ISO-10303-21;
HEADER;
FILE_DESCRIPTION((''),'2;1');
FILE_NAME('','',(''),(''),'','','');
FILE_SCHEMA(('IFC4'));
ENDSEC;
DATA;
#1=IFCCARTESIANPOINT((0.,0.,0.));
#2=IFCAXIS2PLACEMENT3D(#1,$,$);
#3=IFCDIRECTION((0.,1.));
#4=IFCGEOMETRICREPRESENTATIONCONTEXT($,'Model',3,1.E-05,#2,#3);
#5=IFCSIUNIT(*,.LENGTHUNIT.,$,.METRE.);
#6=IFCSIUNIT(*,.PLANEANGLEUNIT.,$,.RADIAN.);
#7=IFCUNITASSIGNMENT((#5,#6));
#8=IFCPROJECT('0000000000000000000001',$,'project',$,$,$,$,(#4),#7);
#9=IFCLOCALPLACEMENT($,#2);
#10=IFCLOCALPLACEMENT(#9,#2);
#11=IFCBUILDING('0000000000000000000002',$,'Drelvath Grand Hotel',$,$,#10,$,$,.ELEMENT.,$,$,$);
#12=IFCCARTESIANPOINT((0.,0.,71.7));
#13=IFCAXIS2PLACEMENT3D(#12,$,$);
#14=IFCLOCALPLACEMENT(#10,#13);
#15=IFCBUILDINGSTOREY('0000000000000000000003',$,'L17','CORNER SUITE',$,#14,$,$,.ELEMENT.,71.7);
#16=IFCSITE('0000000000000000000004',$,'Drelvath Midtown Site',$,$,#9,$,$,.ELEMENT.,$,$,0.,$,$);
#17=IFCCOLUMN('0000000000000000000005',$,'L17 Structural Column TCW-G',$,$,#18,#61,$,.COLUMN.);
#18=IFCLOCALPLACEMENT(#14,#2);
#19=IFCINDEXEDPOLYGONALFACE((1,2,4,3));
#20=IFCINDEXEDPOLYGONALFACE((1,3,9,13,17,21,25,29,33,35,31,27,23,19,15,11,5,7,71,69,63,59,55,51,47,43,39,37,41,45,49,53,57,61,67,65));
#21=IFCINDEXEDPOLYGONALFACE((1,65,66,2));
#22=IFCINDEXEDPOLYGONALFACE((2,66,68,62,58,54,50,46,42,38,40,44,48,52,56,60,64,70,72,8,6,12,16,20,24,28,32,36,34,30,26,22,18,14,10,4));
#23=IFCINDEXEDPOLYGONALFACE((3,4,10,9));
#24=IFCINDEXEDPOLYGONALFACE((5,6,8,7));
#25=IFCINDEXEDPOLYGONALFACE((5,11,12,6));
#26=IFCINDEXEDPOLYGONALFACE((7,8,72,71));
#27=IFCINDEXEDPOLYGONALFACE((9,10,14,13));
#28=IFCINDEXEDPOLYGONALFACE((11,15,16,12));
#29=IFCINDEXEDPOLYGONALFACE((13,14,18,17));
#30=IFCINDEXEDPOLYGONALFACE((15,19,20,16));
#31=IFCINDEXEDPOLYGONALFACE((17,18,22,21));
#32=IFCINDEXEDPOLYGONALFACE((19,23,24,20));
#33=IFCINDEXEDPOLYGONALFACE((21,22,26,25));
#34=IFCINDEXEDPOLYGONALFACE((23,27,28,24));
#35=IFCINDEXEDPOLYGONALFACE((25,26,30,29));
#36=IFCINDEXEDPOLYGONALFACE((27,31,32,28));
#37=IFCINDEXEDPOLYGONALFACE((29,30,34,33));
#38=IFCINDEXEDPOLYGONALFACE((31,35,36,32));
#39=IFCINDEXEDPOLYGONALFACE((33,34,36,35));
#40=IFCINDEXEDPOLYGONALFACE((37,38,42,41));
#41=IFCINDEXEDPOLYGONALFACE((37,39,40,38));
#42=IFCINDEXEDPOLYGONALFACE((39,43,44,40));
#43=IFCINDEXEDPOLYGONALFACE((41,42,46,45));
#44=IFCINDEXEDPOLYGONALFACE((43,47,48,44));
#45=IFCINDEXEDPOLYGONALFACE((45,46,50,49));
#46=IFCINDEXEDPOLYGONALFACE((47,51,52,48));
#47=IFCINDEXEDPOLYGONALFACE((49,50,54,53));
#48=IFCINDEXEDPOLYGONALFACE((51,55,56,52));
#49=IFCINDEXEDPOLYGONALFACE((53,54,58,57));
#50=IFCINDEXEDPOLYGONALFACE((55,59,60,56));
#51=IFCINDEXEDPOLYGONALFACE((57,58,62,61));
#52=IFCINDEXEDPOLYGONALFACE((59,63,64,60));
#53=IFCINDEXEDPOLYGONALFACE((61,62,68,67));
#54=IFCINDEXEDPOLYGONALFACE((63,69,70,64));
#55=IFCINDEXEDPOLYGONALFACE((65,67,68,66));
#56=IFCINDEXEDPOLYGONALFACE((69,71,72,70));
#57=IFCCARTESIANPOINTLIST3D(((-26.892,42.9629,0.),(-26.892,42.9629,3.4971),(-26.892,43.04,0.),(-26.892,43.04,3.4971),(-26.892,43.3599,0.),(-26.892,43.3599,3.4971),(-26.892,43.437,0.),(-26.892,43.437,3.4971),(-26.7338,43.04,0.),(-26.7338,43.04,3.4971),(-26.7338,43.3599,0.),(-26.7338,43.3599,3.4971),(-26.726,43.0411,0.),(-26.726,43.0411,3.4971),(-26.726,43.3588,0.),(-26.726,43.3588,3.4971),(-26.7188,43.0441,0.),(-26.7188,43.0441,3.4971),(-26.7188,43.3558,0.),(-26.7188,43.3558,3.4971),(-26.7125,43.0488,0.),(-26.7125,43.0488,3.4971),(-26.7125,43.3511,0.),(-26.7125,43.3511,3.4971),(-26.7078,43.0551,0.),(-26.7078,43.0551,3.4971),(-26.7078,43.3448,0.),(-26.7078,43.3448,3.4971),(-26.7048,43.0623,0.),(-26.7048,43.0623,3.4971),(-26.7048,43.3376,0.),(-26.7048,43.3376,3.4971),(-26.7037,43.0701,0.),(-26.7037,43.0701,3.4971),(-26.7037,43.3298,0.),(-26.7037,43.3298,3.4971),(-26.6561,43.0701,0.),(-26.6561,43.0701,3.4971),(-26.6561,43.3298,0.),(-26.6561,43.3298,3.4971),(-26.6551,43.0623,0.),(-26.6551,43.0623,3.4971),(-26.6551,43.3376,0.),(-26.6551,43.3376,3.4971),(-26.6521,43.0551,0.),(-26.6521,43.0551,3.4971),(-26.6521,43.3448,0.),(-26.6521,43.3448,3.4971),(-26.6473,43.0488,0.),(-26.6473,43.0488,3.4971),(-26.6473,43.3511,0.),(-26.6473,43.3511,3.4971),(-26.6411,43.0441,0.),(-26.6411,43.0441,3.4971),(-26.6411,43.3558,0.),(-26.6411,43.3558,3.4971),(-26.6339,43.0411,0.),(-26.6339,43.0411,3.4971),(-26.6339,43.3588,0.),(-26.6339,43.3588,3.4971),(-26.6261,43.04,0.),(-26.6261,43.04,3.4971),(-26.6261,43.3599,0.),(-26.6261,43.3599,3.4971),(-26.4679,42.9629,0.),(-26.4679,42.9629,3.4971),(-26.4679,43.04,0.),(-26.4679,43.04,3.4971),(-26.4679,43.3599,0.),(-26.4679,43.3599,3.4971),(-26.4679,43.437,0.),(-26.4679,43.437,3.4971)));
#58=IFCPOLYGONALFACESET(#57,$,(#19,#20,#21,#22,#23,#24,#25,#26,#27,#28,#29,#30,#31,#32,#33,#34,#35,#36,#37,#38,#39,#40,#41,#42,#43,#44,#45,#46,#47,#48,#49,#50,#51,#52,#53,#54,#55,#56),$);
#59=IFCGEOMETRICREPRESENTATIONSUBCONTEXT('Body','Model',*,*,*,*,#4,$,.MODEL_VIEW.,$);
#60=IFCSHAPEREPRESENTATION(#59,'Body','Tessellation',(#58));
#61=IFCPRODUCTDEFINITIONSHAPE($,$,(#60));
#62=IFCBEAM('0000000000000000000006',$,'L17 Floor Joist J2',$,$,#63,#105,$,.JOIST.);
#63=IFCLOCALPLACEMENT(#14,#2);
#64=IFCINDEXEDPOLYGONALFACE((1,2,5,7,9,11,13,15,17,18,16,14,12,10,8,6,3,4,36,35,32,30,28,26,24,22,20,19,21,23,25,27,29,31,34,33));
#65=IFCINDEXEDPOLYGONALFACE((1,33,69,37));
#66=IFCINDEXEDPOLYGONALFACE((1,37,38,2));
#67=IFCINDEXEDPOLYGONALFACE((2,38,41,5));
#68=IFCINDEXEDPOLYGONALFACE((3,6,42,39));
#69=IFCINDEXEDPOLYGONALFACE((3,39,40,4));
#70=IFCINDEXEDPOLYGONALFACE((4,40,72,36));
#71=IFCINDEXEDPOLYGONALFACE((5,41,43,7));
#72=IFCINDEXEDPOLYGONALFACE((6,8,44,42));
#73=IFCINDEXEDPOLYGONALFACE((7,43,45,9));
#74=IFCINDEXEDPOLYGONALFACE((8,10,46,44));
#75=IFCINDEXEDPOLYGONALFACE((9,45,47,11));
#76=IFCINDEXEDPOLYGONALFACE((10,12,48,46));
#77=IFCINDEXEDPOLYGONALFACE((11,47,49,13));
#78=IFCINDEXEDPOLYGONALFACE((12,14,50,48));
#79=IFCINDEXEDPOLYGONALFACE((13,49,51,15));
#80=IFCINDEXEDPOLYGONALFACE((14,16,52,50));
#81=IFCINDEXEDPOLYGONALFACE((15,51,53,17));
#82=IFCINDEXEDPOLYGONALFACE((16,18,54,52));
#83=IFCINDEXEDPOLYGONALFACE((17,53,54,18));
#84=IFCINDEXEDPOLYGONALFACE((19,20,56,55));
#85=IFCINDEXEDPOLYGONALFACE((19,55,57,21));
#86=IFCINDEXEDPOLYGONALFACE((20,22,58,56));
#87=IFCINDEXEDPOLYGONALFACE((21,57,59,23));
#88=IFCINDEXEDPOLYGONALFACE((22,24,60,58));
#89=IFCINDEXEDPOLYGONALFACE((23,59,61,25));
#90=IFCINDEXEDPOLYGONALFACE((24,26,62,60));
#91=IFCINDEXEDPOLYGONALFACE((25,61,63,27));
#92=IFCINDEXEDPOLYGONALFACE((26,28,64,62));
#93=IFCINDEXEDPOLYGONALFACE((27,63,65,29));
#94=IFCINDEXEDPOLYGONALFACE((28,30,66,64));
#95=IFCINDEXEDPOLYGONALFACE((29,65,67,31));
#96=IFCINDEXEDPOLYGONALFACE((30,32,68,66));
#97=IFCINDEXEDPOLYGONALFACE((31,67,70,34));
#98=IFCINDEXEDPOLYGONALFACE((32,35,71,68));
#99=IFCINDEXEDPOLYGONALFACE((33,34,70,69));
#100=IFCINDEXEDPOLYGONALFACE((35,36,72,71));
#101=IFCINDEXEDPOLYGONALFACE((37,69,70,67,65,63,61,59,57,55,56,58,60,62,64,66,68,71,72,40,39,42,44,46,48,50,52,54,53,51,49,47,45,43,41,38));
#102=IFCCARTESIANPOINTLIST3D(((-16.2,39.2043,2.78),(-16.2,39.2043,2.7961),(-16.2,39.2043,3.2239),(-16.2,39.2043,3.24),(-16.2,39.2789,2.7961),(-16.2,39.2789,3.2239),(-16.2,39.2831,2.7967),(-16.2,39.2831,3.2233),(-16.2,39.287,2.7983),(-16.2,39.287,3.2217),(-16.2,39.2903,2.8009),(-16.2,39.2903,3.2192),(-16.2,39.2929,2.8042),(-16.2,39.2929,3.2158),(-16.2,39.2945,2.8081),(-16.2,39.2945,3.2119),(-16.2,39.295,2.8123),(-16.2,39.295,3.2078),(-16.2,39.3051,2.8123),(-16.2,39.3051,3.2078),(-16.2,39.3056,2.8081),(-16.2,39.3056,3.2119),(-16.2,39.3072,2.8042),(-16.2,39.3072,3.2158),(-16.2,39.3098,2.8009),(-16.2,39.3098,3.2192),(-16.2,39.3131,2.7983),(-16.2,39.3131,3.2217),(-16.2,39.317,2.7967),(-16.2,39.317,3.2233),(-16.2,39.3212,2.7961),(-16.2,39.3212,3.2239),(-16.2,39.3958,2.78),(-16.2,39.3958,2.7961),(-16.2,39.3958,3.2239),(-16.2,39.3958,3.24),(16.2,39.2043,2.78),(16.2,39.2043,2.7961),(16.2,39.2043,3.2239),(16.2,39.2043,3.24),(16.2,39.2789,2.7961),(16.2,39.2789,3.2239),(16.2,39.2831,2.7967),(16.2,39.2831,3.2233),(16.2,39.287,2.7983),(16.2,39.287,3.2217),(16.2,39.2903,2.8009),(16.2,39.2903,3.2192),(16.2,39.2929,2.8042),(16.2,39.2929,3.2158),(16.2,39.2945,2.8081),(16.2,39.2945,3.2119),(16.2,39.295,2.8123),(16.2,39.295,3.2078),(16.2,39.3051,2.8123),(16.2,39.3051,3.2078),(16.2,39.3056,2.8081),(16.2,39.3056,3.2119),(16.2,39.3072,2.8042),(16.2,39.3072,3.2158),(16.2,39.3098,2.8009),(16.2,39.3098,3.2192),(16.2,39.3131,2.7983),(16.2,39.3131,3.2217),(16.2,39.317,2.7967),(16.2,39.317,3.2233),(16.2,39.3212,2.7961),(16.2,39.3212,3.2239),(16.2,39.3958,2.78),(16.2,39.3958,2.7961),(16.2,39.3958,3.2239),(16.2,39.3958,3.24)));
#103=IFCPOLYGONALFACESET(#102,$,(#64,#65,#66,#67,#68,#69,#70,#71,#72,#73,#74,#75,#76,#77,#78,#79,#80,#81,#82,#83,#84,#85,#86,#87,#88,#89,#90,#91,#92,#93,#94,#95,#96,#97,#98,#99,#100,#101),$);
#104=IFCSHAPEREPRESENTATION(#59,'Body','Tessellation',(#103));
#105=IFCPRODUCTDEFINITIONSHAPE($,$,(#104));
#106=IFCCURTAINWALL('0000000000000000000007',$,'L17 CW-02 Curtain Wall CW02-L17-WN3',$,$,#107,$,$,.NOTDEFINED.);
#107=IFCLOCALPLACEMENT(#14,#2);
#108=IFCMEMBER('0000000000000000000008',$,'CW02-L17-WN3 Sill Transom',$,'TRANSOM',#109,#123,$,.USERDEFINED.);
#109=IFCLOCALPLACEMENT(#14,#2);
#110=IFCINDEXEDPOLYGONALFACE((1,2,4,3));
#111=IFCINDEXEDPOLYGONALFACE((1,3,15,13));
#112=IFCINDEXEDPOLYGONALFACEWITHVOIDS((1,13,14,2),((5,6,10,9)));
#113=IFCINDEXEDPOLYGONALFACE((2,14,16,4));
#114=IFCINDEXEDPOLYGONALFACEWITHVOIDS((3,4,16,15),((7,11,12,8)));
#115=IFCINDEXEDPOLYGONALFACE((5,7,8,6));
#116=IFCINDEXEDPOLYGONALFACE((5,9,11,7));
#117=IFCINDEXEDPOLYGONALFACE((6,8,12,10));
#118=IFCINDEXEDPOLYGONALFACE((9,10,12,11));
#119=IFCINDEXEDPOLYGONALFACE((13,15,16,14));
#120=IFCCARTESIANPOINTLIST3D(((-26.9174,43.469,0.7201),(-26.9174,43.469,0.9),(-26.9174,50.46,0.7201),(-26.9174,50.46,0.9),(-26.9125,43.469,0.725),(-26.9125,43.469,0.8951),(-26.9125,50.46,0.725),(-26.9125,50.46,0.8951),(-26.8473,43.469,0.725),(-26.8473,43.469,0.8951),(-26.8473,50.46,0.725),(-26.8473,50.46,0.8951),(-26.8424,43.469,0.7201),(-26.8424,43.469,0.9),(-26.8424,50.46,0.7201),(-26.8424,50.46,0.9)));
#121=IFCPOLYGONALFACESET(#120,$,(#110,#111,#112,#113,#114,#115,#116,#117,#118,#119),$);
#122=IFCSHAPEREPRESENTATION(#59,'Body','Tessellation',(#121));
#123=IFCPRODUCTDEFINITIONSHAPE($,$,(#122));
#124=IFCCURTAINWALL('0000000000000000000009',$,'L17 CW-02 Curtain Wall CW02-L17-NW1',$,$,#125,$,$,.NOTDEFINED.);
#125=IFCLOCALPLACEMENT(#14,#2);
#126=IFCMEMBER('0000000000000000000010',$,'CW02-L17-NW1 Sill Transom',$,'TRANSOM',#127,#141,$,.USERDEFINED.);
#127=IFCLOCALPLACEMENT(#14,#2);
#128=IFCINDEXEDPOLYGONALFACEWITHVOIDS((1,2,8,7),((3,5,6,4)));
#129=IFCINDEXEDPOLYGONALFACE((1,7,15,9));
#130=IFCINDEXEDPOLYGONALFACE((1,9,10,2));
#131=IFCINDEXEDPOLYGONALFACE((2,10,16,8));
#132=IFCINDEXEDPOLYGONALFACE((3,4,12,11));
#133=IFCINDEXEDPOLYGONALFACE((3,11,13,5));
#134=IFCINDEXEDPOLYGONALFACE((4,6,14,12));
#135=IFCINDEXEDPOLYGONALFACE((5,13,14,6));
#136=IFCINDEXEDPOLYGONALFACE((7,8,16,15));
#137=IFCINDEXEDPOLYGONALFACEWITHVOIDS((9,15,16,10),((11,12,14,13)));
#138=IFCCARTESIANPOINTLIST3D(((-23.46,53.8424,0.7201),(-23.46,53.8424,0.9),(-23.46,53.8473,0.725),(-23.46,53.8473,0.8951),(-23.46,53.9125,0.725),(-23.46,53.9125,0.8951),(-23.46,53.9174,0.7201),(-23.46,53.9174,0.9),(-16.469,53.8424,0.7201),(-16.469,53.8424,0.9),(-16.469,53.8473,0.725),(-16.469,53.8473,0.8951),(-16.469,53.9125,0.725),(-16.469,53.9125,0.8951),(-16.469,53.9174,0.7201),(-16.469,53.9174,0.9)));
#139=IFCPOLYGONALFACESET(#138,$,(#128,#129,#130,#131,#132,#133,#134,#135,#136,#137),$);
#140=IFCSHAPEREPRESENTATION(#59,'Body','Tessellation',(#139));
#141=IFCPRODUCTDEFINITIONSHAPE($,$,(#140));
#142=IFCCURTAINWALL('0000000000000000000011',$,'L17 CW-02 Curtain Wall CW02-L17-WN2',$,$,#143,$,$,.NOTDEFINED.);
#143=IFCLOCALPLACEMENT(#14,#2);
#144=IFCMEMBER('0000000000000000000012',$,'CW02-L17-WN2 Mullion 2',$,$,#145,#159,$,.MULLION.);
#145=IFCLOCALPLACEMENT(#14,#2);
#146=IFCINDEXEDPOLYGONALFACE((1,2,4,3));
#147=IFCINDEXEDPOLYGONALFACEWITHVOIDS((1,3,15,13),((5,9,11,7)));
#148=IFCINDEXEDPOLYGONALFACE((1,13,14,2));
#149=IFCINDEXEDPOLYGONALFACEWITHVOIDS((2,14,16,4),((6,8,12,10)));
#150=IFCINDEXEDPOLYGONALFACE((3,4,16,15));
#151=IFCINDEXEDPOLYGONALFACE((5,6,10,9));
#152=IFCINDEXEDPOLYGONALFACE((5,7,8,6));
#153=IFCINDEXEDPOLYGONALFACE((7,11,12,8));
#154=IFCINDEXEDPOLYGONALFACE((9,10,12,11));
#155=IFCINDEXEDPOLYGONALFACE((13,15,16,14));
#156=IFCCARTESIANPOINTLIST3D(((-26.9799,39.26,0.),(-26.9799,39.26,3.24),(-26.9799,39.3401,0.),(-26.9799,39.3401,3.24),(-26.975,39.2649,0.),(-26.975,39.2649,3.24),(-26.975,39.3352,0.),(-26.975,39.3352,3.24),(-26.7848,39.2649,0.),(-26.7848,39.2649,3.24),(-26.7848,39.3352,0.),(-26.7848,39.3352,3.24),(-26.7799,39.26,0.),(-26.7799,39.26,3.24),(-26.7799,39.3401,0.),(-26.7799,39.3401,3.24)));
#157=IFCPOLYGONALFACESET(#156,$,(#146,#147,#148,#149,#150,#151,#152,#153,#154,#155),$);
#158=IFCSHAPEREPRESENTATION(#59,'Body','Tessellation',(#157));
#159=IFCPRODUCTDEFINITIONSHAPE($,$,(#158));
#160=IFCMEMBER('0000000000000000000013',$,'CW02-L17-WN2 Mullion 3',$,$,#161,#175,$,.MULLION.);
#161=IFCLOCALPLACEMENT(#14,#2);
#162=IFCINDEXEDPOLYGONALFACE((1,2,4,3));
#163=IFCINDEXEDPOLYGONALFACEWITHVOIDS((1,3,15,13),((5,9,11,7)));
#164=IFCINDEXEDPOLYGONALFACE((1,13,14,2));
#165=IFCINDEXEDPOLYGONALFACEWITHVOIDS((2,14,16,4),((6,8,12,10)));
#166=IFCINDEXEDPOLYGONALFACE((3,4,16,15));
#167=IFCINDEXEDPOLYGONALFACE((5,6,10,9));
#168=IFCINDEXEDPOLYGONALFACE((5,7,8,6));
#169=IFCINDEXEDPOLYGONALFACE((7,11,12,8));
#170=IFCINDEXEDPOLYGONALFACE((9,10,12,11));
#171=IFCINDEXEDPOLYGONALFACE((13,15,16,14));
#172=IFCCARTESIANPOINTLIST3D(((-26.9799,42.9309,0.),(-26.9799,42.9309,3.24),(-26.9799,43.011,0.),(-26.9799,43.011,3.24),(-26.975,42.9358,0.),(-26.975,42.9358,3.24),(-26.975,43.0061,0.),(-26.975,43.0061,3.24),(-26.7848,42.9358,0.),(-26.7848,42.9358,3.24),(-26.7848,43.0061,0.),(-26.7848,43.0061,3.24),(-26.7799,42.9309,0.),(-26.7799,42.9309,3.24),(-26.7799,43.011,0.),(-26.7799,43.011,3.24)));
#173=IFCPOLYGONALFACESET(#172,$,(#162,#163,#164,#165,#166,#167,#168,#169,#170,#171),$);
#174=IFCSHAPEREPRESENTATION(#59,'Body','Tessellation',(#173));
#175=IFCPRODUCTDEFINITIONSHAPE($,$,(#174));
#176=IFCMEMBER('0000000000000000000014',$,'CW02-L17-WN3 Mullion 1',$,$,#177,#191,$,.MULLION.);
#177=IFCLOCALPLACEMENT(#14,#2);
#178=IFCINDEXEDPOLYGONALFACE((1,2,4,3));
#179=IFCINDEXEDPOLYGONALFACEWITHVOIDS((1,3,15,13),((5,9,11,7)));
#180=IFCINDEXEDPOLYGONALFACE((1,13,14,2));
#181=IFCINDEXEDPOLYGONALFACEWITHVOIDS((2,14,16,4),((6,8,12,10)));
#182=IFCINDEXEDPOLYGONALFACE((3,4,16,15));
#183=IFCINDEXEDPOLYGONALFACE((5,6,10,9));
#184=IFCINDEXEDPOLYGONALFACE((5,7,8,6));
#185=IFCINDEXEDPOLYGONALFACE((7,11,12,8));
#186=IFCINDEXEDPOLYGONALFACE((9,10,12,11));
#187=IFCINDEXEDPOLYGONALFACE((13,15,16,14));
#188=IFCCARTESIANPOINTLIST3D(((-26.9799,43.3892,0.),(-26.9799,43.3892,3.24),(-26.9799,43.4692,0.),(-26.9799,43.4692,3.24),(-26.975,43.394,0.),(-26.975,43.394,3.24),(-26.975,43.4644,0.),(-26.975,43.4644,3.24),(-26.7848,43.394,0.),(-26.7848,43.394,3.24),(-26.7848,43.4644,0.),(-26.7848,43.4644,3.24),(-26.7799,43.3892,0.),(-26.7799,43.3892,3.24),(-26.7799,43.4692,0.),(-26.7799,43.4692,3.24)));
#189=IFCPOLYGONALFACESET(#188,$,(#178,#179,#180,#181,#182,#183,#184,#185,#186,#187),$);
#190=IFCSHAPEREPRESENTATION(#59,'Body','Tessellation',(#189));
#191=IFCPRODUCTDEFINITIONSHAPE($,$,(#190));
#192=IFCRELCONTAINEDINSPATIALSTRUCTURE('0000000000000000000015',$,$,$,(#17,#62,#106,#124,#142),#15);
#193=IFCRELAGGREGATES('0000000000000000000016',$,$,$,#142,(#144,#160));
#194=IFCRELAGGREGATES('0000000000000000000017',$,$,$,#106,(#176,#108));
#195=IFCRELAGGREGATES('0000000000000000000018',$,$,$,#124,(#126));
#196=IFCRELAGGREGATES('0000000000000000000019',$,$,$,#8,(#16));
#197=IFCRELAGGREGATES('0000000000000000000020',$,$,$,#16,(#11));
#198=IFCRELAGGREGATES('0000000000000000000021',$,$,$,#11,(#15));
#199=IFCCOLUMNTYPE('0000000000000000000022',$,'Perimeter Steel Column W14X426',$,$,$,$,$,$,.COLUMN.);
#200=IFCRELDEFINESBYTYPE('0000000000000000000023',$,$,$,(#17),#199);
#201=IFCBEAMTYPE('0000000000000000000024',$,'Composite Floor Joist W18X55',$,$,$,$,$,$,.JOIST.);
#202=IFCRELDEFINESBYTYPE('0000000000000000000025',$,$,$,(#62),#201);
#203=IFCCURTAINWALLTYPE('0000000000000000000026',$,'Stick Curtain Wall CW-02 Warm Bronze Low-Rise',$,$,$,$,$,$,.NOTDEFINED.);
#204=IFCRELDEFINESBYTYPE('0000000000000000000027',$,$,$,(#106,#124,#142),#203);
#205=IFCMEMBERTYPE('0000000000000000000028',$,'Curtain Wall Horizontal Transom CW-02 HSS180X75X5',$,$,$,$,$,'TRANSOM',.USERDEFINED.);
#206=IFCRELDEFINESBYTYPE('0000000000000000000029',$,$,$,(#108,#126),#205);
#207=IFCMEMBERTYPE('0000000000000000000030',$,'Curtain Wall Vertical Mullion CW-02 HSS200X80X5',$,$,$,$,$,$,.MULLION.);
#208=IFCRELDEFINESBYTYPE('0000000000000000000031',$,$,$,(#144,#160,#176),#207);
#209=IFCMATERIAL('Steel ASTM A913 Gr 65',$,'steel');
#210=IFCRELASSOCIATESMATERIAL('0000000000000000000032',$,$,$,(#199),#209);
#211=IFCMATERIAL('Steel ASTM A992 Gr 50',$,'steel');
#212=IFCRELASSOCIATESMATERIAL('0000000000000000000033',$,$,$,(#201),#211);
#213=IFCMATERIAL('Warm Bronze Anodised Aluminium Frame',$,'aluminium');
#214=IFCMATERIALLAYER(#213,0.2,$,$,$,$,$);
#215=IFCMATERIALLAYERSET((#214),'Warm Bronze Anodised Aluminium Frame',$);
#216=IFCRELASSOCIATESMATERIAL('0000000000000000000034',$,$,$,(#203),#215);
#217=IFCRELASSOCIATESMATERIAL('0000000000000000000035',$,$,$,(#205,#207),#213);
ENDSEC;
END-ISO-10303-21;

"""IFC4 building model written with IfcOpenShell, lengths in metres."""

from ifc_helpers import new_model, si_unit, direction, frame, origin, origin_2d, place, context, subcontext, project, spatial, hollow_rectangle, i_section, extrude, material, layer, layer_set, material_profile, profile_set, type_object, element, aggregate, save


model = new_model("IFC4")

# Units and contexts
model_context = context("Model", 3, precision=1e-05, world=origin(), true_north=direction((0.0, 1.0)))
body_context = subcontext(model_context, "Body", "Model", "MODEL_VIEW")
ifc_project = project(units=[si_unit("LENGTHUNIT", "METRE"), si_unit("PLANEANGLEUNIT", "RADIAN")], contexts=[model_context])

# Site, building, storey
site_placement = place(None, origin())
site = spatial("IfcSite", under=ifc_project, at=site_placement, Name="Drelvath Midtown Site", CompositionType="ELEMENT", RefElevation=0.0)
building_placement = place(site_placement, origin())
building = spatial("IfcBuilding", under=site, at=building_placement, Name="Drelvath Grand Hotel", CompositionType="ELEMENT")
storey_placement = place(building_placement, frame((0.0, 0.0, 71.7)))
storey = spatial("IfcBuildingStorey", under=building, at=storey_placement, Name="L17", Description="CORNER SUITE", CompositionType="ELEMENT", Elevation=71.7)

# Column
ifc_material_1 = material(Name="Steel ASTM A913 Gr 65", Category="steel")
ifc_material_profile_1 = material_profile(ifc_material_1, i_section(OverallWidth=0.4241, OverallDepth=0.4741, WebThickness=0.0476, FlangeThickness=0.0771, FilletRadius=0.03, at=origin_2d()), Name="W14X426")
ifc_profile_set_1 = profile_set([ifc_material_profile_1], Name="Steel ASTM A913 Gr 65")
column_type = type_object("IfcColumnType", Name="Perimeter Steel Column W14X426", PredefinedType="COLUMN", material=ifc_profile_set_1)
column_placement = place(storey_placement, frame((-26.6799, 43.2, 0.0), z_axis=(0.0, 0.0, 1.0), x_axis=(1.0, 0.0, 0.0)))
element("IfcColumn", 1, at=column_placement, inside=storey, type_object=column_type, Name="L17 Structural Column TCW-G", PredefinedType="COLUMN", context=body_context, shape_type="SweptSolid", body=[
    extrude(i_section(OverallWidth=0.4241, OverallDepth=0.4741, WebThickness=0.0476, FlangeThickness=0.0771, FilletRadius=0.03, at=origin_2d()), origin(), (0.0, 0.0, 1.0), 3.4971),
])

# Beam
ifc_material_2 = material(Name="Steel ASTM A992 Gr 50", Category="steel")
ifc_material_profile_2 = material_profile(ifc_material_2, i_section(OverallWidth=0.1914, OverallDepth=0.46, WebThickness=0.01, FlangeThickness=0.0161, FilletRadius=0.0161, at=origin_2d()), Name="W18X55")
ifc_profile_set_2 = profile_set([ifc_material_profile_2], Name="Steel ASTM A992 Gr 50")
beam_type_1 = type_object("IfcBeamType", Name="Composite Floor Joist W18X55", PredefinedType="JOIST", material=ifc_profile_set_2)
beam_1_placement = place(storey_placement, frame((-16.2, 39.3, 3.01), z_axis=(1.0, 0.0, 0.0), x_axis=(0.0, 1.0, 0.0)))
element("IfcBeam", 2, at=beam_1_placement, inside=storey, type_object=beam_type_1, Name="L17 Floor Joist J2", PredefinedType="JOIST", context=body_context, shape_type="SweptSolid", body=[
    extrude(i_section(OverallWidth=0.1914, OverallDepth=0.46, WebThickness=0.01, FlangeThickness=0.0161, FilletRadius=0.0161, at=origin_2d()), origin(), (0.0, 0.0, 1.0), 32.3999),
])

# Curtain walls, members
ifc_material_3 = material(Name="Warm Bronze Anodised Aluminium Frame", Category="aluminium")
ifc_layer_1 = layer(ifc_material_3, 0.2)
ifc_layer_set_1 = layer_set([ifc_layer_1], Name="Warm Bronze Anodised Aluminium Frame")
curtain_wall_type = type_object("IfcCurtainWallType", Name="Stick Curtain Wall CW-02 Warm Bronze Low-Rise", PredefinedType="NOTDEFINED", material=ifc_layer_set_1)
curtain_wall_1_placement = place(storey_placement, origin())
curtain_wall_1 = element("IfcCurtainWall", 3, at=curtain_wall_1_placement, inside=storey, type_object=curtain_wall_type, Name="L17 CW-02 Curtain Wall CW02-L17-WN3", PredefinedType="NOTDEFINED")
ifc_material_profile_3 = material_profile(ifc_material_3, hollow_rectangle(XDim=0.075, YDim=0.1799, WallThickness=0.0049, at=origin_2d()), Name="HSS180X75X5")
ifc_profile_set_3 = profile_set([ifc_material_profile_3], Name="Warm Bronze Anodised Aluminium Frame")
member_type_1 = type_object("IfcMemberType", Name="Curtain Wall Horizontal Transom CW-02 HSS180X75X5", ElementType="TRANSOM", PredefinedType="USERDEFINED", material=ifc_profile_set_3)
member_1_placement = place(storey_placement, frame((-26.8799, 43.469, 0.8101), z_axis=(0.0, 1.0, 0.0), x_axis=(-1.0, 0.0, 0.0)))
member_1 = element("IfcMember", 4, at=member_1_placement, type_object=member_type_1, Name="CW02-L17-WN3 Sill Transom", ObjectType="TRANSOM", PredefinedType="USERDEFINED", context=body_context, shape_type="SweptSolid", body=[
    extrude(hollow_rectangle(XDim=0.075, YDim=0.1799, WallThickness=0.0049, at=origin_2d()), origin(), (0.0, 0.0, 1.0), 6.991),
])
curtain_wall_2_placement = place(storey_placement, origin())
curtain_wall_2 = element("IfcCurtainWall", 5, at=curtain_wall_2_placement, inside=storey, type_object=curtain_wall_type, Name="L17 CW-02 Curtain Wall CW02-L17-NW1", PredefinedType="NOTDEFINED")
member_2_placement = place(storey_placement, frame((-23.46, 53.8799, 0.8101), z_axis=(1.0, 0.0, 0.0), x_axis=(0.0, 1.0, 0.0)))
member_2 = element("IfcMember", 6, at=member_2_placement, type_object=member_type_1, Name="CW02-L17-NW1 Sill Transom", ObjectType="TRANSOM", PredefinedType="USERDEFINED", context=body_context, shape_type="SweptSolid", body=[
    extrude(hollow_rectangle(XDim=0.075, YDim=0.1799, WallThickness=0.0049, at=origin_2d()), origin(), (0.0, 0.0, 1.0), 6.991),
])

# Curtain wall, members
curtain_wall_3_placement = place(storey_placement, origin())
curtain_wall_3 = element("IfcCurtainWall", 7, at=curtain_wall_3_placement, inside=storey, type_object=curtain_wall_type, Name="L17 CW-02 Curtain Wall CW02-L17-WN2", PredefinedType="NOTDEFINED")
ifc_material_profile_4 = material_profile(ifc_material_3, hollow_rectangle(XDim=0.0801, YDim=0.2, WallThickness=0.0049, at=origin_2d()), Name="HSS200X80X5")
ifc_profile_set_4 = profile_set([ifc_material_profile_4], Name="Warm Bronze Anodised Aluminium Frame")
member_type_2 = type_object("IfcMemberType", Name="Curtain Wall Vertical Mullion CW-02 HSS200X80X5", PredefinedType="MULLION", material=ifc_profile_set_4)
member_3_placement = place(storey_placement, frame((-26.8799, 39.3, 0.0), z_axis=(0.0, 0.0, 1.0), x_axis=(0.0, 1.0, 0.0)))
member_3 = element("IfcMember", 8, at=member_3_placement, type_object=member_type_2, Name="CW02-L17-WN2 Mullion 2", PredefinedType="MULLION", context=body_context, shape_type="SweptSolid", body=[
    extrude(hollow_rectangle(XDim=0.0801, YDim=0.2, WallThickness=0.0049, at=origin_2d()), origin(), (0.0, 0.0, 1.0), 3.24),
])
member_4_placement = place(storey_placement, frame((-26.8799, 42.9709, 0.0), z_axis=(0.0, 0.0, 1.0), x_axis=(0.0, 1.0, 0.0)))
member_4 = element("IfcMember", 9, at=member_4_placement, type_object=member_type_2, Name="CW02-L17-WN2 Mullion 3", PredefinedType="MULLION", context=body_context, shape_type="SweptSolid", body=[
    extrude(hollow_rectangle(XDim=0.0801, YDim=0.2, WallThickness=0.0049, at=origin_2d()), origin(), (0.0, 0.0, 1.0), 3.24),
])

# Member
member_5_placement = place(storey_placement, frame((-26.8799, 43.4292, 0.0), z_axis=(0.0, 0.0, 1.0), x_axis=(0.0, 1.0, 0.0)))
member_5 = element("IfcMember", 10, at=member_5_placement, type_object=member_type_2, Name="CW02-L17-WN3 Mullion 1", PredefinedType="MULLION", context=body_context, shape_type="SweptSolid", body=[
    extrude(hollow_rectangle(XDim=0.0801, YDim=0.2, WallThickness=0.0049, at=origin_2d()), origin(), (0.0, 0.0, 1.0), 3.24),
])

aggregate(curtain_wall_3, [member_3, member_4])
aggregate(curtain_wall_1, [member_5, member_1])
aggregate(curtain_wall_2, [member_2])

save(model, "model.ifc")
